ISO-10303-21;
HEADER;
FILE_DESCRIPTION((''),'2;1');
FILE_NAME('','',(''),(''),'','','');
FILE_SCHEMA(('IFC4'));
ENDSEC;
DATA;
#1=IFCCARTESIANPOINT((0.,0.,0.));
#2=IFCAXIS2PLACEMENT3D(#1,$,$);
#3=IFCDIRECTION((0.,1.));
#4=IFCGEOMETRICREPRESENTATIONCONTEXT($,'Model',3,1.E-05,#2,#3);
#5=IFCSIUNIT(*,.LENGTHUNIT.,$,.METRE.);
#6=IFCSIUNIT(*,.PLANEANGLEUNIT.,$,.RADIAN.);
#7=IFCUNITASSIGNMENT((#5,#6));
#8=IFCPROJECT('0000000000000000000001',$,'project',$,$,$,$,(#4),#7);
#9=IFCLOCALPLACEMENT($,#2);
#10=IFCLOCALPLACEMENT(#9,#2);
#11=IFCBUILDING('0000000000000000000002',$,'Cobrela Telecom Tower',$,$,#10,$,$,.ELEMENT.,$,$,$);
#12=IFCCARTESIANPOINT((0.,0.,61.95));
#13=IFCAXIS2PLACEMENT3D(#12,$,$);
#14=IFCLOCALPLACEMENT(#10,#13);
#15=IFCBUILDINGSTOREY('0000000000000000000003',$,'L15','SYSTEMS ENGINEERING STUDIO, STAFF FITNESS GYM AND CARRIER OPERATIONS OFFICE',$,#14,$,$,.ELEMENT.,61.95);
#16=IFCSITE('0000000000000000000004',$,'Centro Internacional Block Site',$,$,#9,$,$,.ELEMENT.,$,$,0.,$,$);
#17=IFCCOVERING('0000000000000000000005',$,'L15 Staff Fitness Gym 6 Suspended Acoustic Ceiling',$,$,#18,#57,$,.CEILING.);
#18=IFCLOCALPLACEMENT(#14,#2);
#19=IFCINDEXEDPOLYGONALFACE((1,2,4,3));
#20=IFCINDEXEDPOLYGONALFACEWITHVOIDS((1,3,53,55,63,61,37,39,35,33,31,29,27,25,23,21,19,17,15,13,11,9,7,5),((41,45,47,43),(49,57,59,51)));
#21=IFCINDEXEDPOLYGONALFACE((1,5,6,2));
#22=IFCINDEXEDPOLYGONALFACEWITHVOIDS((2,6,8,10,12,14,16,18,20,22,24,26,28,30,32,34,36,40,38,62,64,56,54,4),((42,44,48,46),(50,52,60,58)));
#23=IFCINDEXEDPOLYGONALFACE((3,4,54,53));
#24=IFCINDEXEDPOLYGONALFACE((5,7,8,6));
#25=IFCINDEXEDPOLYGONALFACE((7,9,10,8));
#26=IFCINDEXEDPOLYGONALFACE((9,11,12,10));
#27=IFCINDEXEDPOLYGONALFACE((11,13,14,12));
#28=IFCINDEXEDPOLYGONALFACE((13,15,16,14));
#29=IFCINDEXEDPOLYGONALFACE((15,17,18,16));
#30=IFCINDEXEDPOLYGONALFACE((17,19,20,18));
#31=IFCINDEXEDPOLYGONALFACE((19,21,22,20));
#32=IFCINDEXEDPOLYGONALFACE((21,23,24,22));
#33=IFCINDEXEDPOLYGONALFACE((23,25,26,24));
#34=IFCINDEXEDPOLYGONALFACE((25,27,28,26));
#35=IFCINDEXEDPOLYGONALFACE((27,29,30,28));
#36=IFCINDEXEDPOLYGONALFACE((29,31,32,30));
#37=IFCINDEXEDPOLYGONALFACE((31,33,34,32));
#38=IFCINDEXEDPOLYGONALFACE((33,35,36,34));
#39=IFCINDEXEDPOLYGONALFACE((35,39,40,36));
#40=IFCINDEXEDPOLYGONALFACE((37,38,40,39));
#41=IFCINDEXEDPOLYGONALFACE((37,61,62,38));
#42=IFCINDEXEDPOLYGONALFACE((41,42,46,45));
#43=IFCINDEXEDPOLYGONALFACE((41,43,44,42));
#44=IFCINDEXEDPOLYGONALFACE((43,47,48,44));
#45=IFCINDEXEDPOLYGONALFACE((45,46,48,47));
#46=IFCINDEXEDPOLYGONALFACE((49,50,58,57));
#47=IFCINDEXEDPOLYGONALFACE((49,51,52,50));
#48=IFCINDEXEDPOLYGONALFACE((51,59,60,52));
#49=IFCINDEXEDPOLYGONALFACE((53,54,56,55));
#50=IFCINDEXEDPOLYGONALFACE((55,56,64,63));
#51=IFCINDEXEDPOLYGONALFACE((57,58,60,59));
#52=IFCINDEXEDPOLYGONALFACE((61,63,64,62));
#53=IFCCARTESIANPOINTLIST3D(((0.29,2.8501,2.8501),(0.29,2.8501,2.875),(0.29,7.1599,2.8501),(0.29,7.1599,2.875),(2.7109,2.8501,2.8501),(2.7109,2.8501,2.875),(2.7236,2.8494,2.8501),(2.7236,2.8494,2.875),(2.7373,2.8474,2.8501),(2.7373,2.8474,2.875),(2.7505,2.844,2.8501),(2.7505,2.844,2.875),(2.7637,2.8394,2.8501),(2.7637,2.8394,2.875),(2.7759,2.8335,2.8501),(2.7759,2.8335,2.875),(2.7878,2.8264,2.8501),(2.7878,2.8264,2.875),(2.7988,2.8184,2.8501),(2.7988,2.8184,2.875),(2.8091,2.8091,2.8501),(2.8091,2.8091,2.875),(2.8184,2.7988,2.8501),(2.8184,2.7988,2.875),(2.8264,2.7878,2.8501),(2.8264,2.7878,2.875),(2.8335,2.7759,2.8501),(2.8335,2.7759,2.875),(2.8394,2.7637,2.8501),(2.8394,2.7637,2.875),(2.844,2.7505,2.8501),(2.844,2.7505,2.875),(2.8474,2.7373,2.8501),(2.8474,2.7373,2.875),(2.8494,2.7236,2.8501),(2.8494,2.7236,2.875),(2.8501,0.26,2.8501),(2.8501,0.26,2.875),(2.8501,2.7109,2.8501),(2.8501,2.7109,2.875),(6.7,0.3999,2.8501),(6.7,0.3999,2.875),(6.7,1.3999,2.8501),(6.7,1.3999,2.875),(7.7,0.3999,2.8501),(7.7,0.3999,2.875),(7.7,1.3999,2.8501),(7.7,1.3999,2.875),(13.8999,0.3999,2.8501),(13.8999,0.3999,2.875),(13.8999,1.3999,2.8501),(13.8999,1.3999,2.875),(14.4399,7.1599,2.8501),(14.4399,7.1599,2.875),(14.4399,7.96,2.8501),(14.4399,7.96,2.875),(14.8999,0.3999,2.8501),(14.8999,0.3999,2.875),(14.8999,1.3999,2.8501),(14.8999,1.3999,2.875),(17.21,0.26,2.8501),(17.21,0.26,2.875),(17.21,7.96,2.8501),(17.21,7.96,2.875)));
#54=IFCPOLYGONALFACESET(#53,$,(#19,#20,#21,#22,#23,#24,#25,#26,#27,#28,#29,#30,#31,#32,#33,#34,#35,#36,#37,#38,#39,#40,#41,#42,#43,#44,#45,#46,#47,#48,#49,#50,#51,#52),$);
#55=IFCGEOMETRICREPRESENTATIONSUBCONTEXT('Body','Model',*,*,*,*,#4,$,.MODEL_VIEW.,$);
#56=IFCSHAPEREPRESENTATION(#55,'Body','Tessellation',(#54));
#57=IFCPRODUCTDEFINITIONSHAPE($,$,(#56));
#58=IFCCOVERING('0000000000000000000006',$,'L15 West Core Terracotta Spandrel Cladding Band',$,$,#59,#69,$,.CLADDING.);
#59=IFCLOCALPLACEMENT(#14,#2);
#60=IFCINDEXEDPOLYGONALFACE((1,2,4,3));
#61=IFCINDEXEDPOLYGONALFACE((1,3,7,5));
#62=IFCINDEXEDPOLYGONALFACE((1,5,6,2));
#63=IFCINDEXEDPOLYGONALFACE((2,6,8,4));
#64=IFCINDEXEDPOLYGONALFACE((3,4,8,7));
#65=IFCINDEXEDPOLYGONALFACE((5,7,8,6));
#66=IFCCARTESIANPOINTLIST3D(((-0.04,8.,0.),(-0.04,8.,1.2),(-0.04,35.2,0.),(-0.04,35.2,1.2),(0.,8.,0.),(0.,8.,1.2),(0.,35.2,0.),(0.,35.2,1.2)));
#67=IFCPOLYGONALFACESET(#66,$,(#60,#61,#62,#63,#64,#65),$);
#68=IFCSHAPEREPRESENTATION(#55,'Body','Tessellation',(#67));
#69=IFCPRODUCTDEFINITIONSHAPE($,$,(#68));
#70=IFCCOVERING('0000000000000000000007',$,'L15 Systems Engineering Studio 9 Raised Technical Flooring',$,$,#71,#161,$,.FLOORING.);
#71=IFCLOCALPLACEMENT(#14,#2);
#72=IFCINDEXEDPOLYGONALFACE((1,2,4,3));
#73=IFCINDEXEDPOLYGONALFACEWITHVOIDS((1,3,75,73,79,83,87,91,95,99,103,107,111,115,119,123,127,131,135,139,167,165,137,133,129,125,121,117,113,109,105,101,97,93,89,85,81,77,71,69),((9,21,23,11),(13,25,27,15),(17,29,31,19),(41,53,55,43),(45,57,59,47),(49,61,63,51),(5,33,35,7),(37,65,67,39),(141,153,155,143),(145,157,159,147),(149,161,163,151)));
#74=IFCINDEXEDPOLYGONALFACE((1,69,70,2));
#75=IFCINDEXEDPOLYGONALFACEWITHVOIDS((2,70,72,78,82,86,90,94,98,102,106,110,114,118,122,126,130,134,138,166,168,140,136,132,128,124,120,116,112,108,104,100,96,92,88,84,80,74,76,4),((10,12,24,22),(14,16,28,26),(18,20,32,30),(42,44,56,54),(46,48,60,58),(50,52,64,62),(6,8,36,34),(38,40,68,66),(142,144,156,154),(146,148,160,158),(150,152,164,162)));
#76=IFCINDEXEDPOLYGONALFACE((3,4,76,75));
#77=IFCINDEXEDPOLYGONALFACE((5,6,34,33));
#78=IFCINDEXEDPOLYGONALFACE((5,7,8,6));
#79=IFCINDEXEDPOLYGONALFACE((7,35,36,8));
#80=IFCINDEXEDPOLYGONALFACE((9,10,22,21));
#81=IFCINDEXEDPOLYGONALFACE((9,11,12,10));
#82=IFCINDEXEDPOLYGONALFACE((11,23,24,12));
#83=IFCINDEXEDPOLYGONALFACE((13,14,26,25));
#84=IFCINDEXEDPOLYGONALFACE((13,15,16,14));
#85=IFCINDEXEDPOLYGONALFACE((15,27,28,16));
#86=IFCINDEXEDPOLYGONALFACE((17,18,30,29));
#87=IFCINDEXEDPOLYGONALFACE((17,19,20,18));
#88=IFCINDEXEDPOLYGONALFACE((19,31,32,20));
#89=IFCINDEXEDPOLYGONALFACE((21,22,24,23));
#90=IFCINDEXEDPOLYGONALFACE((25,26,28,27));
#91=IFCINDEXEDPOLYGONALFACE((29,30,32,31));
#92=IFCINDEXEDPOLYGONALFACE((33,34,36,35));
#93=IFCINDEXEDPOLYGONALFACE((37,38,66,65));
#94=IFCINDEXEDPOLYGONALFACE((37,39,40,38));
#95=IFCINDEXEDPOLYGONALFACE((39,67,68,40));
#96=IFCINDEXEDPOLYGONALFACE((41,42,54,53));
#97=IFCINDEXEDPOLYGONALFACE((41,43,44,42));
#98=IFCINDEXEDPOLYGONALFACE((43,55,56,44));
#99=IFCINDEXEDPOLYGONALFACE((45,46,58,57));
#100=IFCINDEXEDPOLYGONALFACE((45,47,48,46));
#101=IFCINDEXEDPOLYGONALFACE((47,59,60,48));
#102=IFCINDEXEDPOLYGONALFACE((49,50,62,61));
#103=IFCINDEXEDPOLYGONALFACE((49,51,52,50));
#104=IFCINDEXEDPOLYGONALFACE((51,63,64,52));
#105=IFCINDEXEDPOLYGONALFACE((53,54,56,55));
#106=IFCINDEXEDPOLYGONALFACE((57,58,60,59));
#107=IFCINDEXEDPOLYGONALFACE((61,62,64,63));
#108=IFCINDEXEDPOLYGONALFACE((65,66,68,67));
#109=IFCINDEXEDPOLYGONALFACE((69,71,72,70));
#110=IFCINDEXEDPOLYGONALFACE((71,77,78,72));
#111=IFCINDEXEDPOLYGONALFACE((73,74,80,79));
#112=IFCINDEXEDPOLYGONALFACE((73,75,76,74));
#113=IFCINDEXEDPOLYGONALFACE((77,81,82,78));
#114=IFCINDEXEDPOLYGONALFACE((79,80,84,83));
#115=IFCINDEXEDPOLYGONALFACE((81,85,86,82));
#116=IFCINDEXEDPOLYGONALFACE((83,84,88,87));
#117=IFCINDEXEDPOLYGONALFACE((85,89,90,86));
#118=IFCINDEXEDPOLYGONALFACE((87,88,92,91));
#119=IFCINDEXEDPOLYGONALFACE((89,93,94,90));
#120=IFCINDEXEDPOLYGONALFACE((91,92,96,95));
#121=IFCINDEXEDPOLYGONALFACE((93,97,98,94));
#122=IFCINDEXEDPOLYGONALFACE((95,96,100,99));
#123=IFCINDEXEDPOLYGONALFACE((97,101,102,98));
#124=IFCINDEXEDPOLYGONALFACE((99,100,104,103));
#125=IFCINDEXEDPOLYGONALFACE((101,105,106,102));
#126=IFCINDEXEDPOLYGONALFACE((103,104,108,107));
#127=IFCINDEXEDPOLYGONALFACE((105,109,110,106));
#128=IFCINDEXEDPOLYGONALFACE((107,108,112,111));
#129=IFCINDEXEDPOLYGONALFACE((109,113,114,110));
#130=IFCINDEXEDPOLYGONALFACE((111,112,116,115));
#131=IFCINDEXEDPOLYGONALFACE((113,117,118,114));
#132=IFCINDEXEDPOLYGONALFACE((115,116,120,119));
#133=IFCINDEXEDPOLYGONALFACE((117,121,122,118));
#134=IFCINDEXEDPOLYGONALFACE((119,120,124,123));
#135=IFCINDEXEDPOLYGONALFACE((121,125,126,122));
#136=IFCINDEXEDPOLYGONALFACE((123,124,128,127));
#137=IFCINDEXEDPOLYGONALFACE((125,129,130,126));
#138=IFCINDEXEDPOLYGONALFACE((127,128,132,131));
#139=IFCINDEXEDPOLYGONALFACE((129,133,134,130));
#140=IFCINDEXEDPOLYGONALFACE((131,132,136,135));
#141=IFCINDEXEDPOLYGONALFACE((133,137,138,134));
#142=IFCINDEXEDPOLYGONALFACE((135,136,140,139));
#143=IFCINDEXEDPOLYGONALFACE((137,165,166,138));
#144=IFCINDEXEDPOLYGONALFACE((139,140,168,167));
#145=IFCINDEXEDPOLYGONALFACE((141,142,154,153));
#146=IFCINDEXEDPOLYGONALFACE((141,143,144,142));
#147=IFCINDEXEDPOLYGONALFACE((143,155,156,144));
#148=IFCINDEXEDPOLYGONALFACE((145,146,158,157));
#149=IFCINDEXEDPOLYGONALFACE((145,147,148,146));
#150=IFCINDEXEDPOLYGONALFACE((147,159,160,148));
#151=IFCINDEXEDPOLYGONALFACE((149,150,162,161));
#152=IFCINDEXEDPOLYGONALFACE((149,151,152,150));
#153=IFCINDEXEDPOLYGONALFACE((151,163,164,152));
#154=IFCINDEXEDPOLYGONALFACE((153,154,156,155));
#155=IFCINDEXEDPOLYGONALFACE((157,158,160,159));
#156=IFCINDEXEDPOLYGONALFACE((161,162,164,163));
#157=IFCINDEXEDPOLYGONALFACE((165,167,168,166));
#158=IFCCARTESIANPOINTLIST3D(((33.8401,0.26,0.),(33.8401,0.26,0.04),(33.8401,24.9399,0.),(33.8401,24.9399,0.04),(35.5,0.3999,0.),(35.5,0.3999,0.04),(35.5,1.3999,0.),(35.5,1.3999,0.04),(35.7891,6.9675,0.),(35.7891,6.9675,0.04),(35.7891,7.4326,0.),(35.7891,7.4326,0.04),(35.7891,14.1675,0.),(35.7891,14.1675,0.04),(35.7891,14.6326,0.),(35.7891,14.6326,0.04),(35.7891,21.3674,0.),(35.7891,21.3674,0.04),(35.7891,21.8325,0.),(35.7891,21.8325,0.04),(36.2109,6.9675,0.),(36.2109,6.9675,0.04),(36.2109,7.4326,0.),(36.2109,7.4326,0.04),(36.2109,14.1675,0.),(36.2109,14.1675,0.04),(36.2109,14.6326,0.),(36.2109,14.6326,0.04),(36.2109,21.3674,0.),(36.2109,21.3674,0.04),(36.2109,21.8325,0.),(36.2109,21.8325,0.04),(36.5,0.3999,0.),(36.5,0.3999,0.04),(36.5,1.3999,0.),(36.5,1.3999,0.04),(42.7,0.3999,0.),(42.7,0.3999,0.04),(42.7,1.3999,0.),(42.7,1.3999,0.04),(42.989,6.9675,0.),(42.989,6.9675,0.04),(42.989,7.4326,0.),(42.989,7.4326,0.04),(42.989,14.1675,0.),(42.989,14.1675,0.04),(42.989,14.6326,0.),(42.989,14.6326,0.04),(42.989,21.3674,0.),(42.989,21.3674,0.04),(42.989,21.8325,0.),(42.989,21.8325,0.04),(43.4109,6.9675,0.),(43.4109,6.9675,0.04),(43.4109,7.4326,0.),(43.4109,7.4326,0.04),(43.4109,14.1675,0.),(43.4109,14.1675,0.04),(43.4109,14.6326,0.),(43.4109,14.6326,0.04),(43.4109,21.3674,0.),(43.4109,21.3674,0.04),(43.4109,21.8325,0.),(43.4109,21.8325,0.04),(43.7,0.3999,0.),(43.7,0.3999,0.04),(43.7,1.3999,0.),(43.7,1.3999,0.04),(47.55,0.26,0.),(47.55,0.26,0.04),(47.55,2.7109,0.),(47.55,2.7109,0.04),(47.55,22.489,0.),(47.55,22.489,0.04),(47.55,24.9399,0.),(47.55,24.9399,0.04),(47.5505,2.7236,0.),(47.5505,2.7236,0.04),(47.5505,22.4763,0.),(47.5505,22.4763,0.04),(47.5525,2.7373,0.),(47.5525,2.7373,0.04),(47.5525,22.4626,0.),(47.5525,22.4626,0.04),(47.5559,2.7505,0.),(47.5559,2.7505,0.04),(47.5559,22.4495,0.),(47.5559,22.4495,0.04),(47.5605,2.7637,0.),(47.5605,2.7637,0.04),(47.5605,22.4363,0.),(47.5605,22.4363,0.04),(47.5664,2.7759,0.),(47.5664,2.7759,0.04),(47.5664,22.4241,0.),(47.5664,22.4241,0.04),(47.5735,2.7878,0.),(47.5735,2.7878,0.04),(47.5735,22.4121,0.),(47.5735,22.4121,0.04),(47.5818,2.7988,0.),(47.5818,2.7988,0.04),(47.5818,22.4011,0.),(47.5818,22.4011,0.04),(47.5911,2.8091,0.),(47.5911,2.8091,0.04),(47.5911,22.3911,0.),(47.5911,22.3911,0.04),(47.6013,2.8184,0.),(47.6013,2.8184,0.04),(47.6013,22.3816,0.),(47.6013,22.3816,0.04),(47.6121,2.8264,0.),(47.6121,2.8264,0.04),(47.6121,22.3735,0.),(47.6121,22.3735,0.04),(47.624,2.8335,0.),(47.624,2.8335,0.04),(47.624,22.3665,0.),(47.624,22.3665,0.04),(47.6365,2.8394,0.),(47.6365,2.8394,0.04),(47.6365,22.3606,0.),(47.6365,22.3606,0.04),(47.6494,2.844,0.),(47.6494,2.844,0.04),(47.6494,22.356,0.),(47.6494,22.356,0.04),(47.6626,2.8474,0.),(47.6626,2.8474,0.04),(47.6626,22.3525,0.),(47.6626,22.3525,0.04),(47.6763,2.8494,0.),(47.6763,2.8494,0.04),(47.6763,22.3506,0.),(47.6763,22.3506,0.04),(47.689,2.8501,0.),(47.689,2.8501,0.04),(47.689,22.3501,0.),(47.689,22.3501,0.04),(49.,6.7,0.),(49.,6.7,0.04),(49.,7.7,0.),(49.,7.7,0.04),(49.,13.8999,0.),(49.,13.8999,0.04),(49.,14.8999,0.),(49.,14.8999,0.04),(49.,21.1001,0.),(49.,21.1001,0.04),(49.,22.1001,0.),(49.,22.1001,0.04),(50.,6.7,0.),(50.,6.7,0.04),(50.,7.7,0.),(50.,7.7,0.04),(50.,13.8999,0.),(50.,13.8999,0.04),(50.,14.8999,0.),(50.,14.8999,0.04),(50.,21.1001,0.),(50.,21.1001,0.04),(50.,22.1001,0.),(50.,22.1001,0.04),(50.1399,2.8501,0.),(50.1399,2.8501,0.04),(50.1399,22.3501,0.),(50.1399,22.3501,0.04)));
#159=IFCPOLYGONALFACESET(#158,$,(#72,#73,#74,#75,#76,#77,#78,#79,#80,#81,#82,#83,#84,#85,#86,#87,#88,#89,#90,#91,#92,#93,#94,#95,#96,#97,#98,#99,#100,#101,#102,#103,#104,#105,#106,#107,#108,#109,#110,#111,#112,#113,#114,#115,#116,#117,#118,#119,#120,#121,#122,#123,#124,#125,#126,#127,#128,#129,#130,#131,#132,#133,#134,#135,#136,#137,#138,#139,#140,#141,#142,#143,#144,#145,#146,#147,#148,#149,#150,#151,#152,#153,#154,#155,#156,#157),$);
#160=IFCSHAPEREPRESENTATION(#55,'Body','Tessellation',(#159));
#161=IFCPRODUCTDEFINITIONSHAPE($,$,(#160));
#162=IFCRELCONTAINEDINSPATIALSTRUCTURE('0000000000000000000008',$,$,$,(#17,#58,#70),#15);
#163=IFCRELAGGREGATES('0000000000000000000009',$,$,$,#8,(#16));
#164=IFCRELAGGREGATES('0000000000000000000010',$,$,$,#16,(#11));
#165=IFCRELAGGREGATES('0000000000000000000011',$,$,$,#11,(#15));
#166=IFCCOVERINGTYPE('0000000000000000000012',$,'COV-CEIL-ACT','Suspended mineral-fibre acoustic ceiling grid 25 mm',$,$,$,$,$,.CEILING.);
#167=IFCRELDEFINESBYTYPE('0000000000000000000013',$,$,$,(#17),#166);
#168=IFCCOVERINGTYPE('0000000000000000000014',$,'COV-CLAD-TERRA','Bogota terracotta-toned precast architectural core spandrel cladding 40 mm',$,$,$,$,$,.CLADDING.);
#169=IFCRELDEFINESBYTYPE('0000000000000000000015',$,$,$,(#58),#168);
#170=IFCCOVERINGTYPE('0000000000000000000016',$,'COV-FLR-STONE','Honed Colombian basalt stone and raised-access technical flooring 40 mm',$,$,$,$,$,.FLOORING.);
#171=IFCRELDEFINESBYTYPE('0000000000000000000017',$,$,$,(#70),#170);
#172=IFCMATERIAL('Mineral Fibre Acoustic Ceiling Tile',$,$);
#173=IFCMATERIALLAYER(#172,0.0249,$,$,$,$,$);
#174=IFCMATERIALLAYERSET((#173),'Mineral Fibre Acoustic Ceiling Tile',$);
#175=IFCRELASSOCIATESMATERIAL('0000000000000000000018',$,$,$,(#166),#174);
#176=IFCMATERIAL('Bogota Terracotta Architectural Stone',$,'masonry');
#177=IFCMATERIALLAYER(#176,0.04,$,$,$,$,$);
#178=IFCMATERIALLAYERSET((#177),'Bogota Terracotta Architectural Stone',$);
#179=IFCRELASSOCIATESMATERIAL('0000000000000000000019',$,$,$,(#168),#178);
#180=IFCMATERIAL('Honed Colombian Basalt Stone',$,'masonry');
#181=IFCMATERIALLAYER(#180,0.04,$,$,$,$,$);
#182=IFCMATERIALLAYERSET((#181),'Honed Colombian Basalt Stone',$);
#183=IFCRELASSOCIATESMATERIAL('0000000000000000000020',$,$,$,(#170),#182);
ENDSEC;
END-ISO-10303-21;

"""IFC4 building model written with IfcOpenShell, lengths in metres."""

from ifc_helpers import new_model, si_unit, direction, frame, origin, place, context, subcontext, project, spatial, polyline, outline, extrude, material, layer, layer_set, type_object, element, save


model = new_model("IFC4")

# Units and contexts
model_context = context("Model", 3, precision=1e-05, world=origin(), true_north=direction((0.0, 1.0)))
body_context = subcontext(model_context, "Body", "Model", "MODEL_VIEW")
ifc_project = project(units=[si_unit("LENGTHUNIT", "METRE"), si_unit("PLANEANGLEUNIT", "RADIAN")], contexts=[model_context])

# Site, building, storey
site_placement = place(None, origin())
site = spatial("IfcSite", under=ifc_project, at=site_placement, Name="Centro Internacional Block Site", CompositionType="ELEMENT", RefElevation=0.0)
building_placement = place(site_placement, origin())
building = spatial("IfcBuilding", under=site, at=building_placement, Name="Cobrela Telecom Tower", CompositionType="ELEMENT")
storey_placement = place(building_placement, frame((0.0, 0.0, 61.95)))
storey = spatial("IfcBuildingStorey", under=building, at=storey_placement, Name="L15", Description="SYSTEMS ENGINEERING STUDIO, STAFF FITNESS GYM AND CARRIER OPERATIONS OFFICE", CompositionType="ELEMENT", Elevation=61.95)

# Coverings
ifc_material_1 = material(Name="Mineral Fibre Acoustic Ceiling Tile")
ifc_layer_1 = layer(ifc_material_1, 0.0249)
ifc_layer_set_1 = layer_set([ifc_layer_1], Name="Mineral Fibre Acoustic Ceiling Tile")
covering_type_1 = type_object("IfcCoveringType", Name="COV-CEIL-ACT", Description="Suspended mineral-fibre acoustic ceiling grid 25 mm", PredefinedType="CEILING", material=ifc_layer_set_1)
covering_1_placement = place(storey_placement, frame((0.0, 0.0, 2.8501)))
element("IfcCovering", 1, at=covering_1_placement, inside=storey, type_object=covering_type_1, Name="L15 Staff Fitness Gym 6 Suspended Acoustic Ceiling", PredefinedType="CEILING", context=body_context, shape_type="SweptSolid", body=[
    extrude(outline(polyline([(2.8501, 2.7109), (2.8494, 2.7236), (2.8474, 2.7373), (2.844, 2.7505), (2.8394, 2.7637), (2.8335, 2.7759), (2.8264, 2.7878), (2.8184, 2.7988), (2.8091, 2.8091), (2.7988, 2.8184), (2.7878, 2.8264), (2.7759, 2.8335), (2.7637, 2.8394), (2.7505, 2.844), (2.7373, 2.8474), (2.7236, 2.8494), (2.7109, 2.8501), (0.29, 2.8501), (0.29, 7.1599), (14.4399, 7.1599), (14.4399, 7.96), (17.21, 7.96), (17.21, 0.26), (2.8501, 0.26), (2.8501, 2.7109)]), holes=[polyline([(7.7, 1.3999), (6.7, 1.3999), (6.7, 0.3999), (7.7, 0.3999), (7.7, 1.3999)]), polyline([(14.8999, 0.3999), (14.8999, 1.3999), (13.8999, 1.3999), (13.8999, 0.3999), (14.8999, 0.3999)])]), origin(), (0.0, 0.0, 1.0), 0.0249),
])
ifc_material_2 = material(Name="Bogota Terracotta Architectural Stone", Category="masonry")
ifc_layer_2 = layer(ifc_material_2, 0.04)
ifc_layer_set_2 = layer_set([ifc_layer_2], Name="Bogota Terracotta Architectural Stone")
covering_type_2 = type_object("IfcCoveringType", Name="COV-CLAD-TERRA", Description="Bogota terracotta-toned precast architectural core spandrel cladding 40 mm", PredefinedType="CLADDING", material=ifc_layer_set_2)
covering_2_placement = place(storey_placement, origin())
element("IfcCovering", 2, at=covering_2_placement, inside=storey, type_object=covering_type_2, Name="L15 West Core Terracotta Spandrel Cladding Band", PredefinedType="CLADDING", context=body_context, shape_type="SweptSolid", body=[
    extrude(outline(polyline([(-0.04, 8.0), (0.0, 8.0), (0.0, 35.2), (-0.04, 35.2), (-0.04, 8.0)])), origin(), (0.0, 0.0, 1.0), 1.2),
])
ifc_material_3 = material(Name="Honed Colombian Basalt Stone", Category="masonry")
ifc_layer_3 = layer(ifc_material_3, 0.04)
ifc_layer_set_3 = layer_set([ifc_layer_3], Name="Honed Colombian Basalt Stone")
covering_type_3 = type_object("IfcCoveringType", Name="COV-FLR-STONE", Description="Honed Colombian basalt stone and raised-access technical flooring 40 mm", PredefinedType="FLOORING", material=ifc_layer_set_3)
covering_3_placement = place(storey_placement, origin())
element("IfcCovering", 3, at=covering_3_placement, inside=storey, type_object=covering_type_3, Name="L15 Systems Engineering Studio 9 Raised Technical Flooring", PredefinedType="FLOORING", context=body_context, shape_type="SweptSolid", body=[
    extrude(outline(polyline([(47.6626, 2.8474), (47.6494, 2.844), (47.6365, 2.8394), (47.624, 2.8335), (47.6121, 2.8264), (47.6013, 2.8184), (47.5911, 2.8091), (47.5818, 2.7988), (47.5735, 2.7878), (47.5664, 2.7759), (47.5605, 2.7637), (47.5559, 2.7505), (47.5525, 2.7373), (47.5505, 2.7236), (47.55, 2.7109), (47.55, 0.26), (33.8401, 0.26), (33.8401, 24.9399), (47.55, 24.9399), (47.55, 22.489), (47.5505, 22.4763), (47.5525, 22.4626), (47.5559, 22.4495), (47.5605, 22.4363), (47.5664, 22.4241), (47.5735, 22.4121), (47.5818, 22.4011), (47.5911, 22.3911), (47.6013, 22.3816), (47.6121, 22.3735), (47.624, 22.3665), (47.6365, 22.3606), (47.6494, 22.356), (47.6626, 22.3525), (47.6763, 22.3506), (47.689, 22.3501), (50.1399, 22.3501), (50.1399, 2.8501), (47.689, 2.8501), (47.6763, 2.8494), (47.6626, 2.8474)]), holes=[polyline([(36.5, 0.3999), (36.5, 1.3999), (35.5, 1.3999), (35.5, 0.3999), (36.5, 0.3999)]), polyline([(43.7, 0.3999), (43.7, 1.3999), (42.7, 1.3999), (42.7, 0.3999), (43.7, 0.3999)]), polyline([(36.2109, 6.9675), (36.2109, 7.4326), (35.7891, 7.4326), (35.7891, 6.9675), (36.2109, 6.9675)]), polyline([(43.4109, 6.9675), (43.4109, 7.4326), (42.989, 7.4326), (42.989, 6.9675), (43.4109, 6.9675)]), polyline([(50.0, 6.7), (50.0, 7.7), (49.0, 7.7), (49.0, 6.7), (50.0, 6.7)]), polyline([(36.2109, 14.1675), (36.2109, 14.6326), (35.7891, 14.6326), (35.7891, 14.1675), (36.2109, 14.1675)]), polyline([(43.4109, 14.1675), (43.4109, 14.6326), (42.989, 14.6326), (42.989, 14.1675), (43.4109, 14.1675)]), polyline([(50.0, 13.8999), (50.0, 14.8999), (49.0, 14.8999), (49.0, 13.8999), (50.0, 13.8999)]), polyline([(36.2109, 21.3674), (36.2109, 21.8325), (35.7891, 21.8325), (35.7891, 21.3674), (36.2109, 21.3674)]), polyline([(43.4109, 21.3674), (43.4109, 21.8325), (42.989, 21.8325), (42.989, 21.3674), (43.4109, 21.3674)]), polyline([(50.0, 21.1001), (50.0, 22.1001), (49.0, 22.1001), (49.0, 21.1001), (50.0, 21.1001)])]), origin(), (0.0, 0.0, 1.0), 0.04),
])

save(model, "model.ifc")
